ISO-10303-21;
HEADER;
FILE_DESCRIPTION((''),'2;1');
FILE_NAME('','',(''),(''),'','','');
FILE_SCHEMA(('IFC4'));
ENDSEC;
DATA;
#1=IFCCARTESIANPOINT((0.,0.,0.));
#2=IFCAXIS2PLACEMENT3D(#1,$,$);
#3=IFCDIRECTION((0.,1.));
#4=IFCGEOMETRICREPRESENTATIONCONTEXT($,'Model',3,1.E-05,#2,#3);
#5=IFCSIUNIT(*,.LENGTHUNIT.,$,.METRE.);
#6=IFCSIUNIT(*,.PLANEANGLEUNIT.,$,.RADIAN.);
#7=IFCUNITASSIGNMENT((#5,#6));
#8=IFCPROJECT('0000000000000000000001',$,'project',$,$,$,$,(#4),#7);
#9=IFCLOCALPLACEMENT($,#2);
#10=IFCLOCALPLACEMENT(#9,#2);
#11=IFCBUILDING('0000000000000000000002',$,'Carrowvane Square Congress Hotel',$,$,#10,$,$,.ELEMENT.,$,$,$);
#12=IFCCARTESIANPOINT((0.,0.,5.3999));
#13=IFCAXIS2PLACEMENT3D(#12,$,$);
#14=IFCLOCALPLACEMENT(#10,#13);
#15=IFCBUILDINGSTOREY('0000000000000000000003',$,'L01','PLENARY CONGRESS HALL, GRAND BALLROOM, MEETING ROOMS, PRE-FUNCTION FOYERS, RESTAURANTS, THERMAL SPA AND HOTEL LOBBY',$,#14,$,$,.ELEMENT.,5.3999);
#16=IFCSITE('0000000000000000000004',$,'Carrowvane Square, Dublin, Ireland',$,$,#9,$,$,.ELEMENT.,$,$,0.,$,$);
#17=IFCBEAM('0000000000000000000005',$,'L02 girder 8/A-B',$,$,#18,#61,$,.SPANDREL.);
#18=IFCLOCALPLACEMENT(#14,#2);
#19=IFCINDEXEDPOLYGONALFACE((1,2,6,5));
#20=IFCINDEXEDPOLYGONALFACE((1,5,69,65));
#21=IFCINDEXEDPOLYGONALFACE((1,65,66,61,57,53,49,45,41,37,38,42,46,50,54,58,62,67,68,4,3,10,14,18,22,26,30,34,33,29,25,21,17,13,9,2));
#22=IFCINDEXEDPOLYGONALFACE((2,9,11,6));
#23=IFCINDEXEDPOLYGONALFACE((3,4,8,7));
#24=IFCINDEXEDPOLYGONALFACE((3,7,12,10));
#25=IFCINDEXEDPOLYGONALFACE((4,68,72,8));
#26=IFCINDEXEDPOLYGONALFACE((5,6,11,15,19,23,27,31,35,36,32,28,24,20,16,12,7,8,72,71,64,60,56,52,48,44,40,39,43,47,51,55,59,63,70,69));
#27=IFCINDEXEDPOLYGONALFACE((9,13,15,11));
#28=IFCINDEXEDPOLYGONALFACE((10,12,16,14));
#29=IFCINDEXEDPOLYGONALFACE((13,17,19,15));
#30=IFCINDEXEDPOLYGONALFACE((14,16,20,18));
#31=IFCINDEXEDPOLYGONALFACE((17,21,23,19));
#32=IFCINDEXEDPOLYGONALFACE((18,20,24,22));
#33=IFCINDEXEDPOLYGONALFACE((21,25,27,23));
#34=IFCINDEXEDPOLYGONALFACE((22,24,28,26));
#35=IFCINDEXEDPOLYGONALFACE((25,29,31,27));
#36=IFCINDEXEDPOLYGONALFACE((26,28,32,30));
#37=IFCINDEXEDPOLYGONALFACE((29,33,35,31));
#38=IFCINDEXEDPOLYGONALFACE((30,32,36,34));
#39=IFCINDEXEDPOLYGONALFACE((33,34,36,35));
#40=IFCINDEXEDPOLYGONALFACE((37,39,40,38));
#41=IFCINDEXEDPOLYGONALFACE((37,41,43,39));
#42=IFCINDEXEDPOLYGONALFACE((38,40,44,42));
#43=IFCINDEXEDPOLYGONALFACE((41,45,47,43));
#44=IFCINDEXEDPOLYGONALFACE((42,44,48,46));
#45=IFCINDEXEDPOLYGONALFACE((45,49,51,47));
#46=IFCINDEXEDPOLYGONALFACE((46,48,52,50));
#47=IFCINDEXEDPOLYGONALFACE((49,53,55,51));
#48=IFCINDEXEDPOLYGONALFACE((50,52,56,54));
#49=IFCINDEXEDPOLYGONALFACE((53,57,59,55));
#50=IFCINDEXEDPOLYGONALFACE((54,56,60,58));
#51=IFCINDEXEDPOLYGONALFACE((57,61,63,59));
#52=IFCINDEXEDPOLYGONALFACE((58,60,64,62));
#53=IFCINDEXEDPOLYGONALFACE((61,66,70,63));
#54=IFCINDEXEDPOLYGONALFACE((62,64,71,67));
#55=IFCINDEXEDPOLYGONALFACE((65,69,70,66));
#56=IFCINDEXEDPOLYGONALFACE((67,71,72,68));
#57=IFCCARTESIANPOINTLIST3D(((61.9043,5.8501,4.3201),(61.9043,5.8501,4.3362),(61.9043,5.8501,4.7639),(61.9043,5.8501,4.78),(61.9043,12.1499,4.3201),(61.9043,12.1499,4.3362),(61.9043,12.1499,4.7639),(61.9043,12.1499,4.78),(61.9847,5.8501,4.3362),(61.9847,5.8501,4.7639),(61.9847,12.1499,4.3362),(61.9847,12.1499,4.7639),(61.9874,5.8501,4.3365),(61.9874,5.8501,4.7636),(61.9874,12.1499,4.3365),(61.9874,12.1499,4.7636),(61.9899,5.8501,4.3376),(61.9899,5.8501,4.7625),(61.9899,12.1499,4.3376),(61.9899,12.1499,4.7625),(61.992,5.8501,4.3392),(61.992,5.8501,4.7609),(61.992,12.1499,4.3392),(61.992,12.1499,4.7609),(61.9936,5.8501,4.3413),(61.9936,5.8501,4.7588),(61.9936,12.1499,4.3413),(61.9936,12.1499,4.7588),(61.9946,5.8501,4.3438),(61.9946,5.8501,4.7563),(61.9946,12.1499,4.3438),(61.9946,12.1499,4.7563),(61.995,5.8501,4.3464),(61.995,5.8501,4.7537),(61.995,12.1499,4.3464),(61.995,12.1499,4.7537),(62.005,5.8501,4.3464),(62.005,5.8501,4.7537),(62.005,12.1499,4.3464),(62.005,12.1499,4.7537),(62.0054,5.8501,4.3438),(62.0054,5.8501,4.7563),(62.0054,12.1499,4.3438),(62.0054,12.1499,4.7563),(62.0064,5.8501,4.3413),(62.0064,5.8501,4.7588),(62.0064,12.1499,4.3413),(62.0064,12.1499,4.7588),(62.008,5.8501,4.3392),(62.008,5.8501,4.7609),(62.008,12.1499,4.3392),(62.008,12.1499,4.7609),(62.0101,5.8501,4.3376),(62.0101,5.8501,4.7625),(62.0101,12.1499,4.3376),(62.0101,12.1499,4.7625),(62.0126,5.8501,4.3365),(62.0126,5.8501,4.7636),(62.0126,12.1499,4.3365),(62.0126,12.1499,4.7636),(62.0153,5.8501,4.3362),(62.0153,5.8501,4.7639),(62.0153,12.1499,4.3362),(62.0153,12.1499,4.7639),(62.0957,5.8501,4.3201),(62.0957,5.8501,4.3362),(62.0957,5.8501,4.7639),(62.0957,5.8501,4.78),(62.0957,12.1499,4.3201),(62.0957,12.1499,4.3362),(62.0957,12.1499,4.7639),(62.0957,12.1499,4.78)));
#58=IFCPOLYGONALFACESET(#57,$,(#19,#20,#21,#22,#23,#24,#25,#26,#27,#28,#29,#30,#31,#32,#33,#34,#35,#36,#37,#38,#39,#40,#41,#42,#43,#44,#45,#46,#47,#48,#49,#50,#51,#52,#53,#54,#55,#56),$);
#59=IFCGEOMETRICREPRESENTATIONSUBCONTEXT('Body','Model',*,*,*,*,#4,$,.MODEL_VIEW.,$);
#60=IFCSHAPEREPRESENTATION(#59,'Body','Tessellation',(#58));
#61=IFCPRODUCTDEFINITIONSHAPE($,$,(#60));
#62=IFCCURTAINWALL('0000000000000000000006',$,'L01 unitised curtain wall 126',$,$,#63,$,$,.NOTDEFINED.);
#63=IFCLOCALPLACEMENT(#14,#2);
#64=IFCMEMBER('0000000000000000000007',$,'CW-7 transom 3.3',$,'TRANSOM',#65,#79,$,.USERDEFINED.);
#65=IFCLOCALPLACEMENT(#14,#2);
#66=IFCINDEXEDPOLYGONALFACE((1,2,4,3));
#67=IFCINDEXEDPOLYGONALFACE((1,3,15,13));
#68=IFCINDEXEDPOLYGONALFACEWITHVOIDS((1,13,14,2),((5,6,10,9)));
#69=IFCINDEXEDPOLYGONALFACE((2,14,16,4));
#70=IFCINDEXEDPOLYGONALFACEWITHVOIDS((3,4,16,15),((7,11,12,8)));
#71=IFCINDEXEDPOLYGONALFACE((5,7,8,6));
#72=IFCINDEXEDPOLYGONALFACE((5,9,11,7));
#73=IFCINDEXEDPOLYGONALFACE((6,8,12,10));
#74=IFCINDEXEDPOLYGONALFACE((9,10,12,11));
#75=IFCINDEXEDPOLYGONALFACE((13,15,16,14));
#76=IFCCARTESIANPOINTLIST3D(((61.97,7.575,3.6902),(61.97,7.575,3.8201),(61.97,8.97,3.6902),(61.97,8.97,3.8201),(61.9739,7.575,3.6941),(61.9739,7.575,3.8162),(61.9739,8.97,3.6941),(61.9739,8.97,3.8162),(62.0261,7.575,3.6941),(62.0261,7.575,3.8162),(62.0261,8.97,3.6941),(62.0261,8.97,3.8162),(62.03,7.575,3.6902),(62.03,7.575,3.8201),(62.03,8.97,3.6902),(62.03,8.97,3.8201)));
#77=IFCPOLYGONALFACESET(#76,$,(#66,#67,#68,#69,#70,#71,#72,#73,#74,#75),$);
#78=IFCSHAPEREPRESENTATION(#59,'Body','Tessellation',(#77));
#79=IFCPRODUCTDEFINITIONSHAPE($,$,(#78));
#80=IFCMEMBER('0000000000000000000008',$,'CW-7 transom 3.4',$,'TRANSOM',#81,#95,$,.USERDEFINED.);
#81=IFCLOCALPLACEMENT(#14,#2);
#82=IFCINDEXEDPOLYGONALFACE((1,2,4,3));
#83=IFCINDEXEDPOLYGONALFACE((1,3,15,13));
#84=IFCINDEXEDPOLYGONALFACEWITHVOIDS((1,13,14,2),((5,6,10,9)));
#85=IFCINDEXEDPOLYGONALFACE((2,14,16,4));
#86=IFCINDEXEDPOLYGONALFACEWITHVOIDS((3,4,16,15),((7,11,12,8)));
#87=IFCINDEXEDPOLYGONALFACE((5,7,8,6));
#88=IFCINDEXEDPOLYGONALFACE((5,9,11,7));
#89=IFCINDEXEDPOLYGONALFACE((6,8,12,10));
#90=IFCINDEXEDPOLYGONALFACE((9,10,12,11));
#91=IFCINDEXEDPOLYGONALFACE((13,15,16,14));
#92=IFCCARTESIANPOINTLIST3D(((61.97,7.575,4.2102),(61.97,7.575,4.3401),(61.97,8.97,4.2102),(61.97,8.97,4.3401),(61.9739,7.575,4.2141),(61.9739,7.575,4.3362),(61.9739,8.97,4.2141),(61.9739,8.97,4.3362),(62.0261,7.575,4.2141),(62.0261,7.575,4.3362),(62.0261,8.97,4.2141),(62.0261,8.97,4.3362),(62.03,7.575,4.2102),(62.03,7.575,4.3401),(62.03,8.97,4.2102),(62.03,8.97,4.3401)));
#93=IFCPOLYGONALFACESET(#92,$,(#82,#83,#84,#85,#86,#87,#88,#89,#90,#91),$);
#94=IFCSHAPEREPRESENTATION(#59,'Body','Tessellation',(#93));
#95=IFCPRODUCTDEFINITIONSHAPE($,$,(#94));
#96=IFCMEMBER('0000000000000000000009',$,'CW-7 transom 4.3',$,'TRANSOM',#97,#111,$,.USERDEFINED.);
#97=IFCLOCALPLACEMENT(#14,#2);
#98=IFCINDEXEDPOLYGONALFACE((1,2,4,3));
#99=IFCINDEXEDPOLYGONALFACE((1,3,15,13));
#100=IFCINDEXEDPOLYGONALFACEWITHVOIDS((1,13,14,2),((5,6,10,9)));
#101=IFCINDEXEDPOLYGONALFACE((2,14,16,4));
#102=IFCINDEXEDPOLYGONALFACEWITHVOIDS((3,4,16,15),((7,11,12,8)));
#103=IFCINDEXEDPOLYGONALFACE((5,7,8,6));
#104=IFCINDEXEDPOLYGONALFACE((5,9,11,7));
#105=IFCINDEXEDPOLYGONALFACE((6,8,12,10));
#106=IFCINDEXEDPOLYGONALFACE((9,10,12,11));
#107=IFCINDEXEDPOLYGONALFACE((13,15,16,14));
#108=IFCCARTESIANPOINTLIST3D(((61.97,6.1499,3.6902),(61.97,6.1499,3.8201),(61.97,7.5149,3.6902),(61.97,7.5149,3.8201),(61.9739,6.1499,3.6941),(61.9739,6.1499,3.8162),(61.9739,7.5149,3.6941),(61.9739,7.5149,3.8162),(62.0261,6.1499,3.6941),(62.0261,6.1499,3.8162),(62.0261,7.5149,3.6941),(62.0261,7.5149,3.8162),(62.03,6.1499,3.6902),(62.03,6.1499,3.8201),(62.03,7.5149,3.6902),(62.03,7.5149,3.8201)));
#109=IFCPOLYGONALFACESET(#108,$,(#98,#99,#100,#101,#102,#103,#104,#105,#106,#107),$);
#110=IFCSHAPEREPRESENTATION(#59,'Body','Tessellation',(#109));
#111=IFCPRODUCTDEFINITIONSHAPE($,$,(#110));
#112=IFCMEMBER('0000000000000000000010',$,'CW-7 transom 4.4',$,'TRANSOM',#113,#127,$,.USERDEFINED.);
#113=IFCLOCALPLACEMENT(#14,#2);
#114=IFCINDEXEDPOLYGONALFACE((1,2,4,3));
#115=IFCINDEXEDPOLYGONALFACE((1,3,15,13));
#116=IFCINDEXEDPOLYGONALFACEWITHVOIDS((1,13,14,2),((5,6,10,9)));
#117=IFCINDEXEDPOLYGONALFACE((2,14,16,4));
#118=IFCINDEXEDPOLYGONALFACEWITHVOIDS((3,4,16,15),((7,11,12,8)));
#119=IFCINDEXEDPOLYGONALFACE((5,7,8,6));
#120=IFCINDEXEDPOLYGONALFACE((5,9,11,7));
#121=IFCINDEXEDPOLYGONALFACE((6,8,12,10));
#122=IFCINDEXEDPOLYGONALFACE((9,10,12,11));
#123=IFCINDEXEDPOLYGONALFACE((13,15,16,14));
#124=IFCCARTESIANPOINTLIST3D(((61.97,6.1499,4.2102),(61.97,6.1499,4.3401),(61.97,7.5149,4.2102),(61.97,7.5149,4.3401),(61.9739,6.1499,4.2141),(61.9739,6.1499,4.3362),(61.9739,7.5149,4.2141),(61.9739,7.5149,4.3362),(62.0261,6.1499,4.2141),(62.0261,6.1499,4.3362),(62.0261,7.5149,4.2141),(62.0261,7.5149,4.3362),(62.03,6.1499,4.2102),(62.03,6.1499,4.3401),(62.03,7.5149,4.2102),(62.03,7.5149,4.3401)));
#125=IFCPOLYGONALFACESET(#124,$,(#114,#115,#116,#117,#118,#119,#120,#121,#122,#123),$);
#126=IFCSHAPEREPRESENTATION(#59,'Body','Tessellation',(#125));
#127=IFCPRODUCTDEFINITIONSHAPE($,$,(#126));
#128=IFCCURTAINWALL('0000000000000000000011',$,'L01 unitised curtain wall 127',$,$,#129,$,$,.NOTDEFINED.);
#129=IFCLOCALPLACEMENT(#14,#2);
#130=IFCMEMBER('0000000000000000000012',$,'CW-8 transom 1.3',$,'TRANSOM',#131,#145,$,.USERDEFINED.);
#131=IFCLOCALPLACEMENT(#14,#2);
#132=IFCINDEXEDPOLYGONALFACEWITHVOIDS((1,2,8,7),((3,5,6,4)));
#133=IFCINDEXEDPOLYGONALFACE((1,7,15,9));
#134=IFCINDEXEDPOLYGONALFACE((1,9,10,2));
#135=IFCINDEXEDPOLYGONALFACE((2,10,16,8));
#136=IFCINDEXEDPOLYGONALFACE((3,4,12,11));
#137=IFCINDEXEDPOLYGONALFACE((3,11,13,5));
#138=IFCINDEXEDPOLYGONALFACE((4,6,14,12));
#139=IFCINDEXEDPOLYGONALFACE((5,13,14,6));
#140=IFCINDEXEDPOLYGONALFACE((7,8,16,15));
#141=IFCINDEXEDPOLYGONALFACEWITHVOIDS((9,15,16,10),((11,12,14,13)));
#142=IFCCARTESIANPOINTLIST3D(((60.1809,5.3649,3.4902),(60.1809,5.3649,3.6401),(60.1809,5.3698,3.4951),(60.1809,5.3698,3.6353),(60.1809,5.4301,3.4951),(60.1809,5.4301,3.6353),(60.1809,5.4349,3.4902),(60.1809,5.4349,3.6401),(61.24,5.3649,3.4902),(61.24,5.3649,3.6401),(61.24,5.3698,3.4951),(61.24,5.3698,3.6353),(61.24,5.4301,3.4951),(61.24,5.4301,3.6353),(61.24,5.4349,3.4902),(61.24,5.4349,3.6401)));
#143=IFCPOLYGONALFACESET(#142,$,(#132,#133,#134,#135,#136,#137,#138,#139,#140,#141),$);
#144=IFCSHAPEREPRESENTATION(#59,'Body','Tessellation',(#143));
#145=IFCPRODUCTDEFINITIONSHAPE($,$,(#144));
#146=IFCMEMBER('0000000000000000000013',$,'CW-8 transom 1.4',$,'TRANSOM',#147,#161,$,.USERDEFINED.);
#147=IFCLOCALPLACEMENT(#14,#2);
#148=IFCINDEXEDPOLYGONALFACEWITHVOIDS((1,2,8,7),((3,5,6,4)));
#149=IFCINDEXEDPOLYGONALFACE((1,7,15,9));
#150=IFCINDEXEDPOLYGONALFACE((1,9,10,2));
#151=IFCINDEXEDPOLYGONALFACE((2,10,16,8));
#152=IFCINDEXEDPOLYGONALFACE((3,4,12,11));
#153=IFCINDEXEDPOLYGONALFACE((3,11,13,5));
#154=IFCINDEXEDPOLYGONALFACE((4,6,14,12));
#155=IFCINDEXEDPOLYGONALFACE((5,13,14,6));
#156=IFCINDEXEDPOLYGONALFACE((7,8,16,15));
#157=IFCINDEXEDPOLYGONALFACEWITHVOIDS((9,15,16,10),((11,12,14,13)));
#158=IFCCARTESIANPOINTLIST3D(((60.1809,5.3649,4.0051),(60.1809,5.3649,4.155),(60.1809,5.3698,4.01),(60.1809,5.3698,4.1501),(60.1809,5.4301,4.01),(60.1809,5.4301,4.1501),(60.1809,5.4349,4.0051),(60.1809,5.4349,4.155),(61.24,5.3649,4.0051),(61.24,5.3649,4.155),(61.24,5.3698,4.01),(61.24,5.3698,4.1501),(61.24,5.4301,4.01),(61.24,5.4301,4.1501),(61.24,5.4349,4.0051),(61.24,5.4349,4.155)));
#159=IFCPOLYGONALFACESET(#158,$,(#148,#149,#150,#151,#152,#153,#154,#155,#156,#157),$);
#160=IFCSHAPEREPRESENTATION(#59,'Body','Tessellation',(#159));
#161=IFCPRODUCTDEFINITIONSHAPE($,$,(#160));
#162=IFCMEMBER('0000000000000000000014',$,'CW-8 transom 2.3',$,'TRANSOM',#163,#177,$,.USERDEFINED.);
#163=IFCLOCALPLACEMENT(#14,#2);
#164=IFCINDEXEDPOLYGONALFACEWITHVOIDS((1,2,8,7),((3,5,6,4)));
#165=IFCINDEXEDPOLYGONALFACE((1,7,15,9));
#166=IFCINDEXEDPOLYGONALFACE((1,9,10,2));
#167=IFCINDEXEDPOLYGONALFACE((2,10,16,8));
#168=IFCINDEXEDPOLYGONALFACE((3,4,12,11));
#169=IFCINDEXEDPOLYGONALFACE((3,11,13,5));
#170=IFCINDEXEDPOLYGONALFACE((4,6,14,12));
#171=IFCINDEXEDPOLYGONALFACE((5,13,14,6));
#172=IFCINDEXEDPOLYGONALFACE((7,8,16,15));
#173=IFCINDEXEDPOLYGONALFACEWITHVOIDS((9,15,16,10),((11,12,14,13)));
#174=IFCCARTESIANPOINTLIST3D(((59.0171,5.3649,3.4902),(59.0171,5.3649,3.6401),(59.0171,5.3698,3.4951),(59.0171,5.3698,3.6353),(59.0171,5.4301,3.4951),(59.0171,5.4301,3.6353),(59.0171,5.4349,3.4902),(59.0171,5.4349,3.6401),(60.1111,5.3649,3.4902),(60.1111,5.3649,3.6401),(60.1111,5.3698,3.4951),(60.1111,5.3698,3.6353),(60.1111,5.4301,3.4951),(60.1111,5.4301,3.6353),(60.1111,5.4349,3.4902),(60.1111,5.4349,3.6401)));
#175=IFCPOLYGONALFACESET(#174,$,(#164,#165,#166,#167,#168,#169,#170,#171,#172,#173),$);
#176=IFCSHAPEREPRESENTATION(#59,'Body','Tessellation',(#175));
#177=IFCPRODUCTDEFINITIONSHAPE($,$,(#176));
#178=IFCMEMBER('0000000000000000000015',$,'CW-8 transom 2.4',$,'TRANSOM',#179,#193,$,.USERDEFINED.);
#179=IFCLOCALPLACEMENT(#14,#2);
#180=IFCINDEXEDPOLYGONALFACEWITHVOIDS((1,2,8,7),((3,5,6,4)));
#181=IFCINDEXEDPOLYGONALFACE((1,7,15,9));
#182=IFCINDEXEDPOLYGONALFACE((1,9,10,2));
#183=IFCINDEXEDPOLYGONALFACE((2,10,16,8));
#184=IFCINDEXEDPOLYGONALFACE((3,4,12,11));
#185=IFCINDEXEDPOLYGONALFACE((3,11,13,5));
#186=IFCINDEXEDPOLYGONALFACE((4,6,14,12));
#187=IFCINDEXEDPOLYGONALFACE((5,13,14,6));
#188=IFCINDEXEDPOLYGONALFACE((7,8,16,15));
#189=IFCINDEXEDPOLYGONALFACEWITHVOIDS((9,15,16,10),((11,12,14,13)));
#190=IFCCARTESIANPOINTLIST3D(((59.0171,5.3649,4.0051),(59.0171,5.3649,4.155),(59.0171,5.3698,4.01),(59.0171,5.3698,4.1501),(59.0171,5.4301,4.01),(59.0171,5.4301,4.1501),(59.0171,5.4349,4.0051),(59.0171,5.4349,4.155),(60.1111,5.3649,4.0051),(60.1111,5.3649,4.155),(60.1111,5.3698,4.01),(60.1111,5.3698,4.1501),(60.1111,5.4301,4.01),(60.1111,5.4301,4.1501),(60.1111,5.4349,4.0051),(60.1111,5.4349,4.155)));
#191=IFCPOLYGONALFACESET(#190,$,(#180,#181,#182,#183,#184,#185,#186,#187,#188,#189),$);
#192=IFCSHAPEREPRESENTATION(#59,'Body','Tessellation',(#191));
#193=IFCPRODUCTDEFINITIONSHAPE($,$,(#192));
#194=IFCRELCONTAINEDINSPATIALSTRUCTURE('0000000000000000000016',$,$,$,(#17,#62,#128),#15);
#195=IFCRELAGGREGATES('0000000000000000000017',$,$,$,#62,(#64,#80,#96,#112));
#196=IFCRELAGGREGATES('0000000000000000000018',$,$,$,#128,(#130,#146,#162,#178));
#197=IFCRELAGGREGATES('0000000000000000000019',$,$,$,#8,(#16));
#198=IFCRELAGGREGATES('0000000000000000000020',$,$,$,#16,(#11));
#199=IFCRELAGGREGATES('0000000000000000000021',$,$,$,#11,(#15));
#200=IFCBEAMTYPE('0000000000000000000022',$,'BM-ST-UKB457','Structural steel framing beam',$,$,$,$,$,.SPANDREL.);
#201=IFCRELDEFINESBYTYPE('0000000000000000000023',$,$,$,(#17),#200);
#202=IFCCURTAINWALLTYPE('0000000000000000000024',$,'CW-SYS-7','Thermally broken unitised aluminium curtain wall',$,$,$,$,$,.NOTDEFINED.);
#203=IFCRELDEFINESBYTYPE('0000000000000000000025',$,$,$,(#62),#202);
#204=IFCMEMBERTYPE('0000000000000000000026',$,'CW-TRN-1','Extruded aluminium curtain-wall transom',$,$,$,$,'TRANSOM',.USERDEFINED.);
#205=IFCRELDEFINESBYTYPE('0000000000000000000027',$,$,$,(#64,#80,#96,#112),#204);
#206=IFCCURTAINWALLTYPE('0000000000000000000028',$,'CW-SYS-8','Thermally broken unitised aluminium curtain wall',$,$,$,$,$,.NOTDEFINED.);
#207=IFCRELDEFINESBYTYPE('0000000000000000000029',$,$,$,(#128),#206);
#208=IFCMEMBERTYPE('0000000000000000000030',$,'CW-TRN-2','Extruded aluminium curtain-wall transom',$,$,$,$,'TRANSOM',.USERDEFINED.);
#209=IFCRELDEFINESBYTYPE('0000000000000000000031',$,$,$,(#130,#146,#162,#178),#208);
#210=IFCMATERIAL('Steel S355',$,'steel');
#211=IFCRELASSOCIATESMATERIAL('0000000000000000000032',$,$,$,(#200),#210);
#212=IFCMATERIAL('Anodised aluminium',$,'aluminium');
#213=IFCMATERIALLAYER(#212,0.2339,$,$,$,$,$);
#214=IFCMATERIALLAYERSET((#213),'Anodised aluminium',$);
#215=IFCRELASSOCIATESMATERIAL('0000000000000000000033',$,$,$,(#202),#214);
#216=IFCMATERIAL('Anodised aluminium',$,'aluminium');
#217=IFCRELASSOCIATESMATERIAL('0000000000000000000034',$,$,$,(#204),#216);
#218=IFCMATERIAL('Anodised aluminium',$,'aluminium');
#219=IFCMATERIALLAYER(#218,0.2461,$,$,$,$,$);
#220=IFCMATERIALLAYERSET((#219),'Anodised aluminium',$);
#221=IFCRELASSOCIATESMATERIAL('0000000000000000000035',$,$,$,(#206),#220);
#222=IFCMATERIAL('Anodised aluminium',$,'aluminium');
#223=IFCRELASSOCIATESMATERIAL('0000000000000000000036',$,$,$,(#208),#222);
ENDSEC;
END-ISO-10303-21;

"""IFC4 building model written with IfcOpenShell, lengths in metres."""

from ifc_helpers import new_model, si_unit, direction, frame, origin, origin_2d, place, context, subcontext, project, spatial, hollow_rectangle, i_section, extrude, material, layer, layer_set, material_profile, profile_set, type_object, element, aggregate, save


model = new_model("IFC4")

# Units and contexts
model_context = context("Model", 3, precision=1e-05, world=origin(), true_north=direction((0.0, 1.0)))
body_context = subcontext(model_context, "Body", "Model", "MODEL_VIEW")
ifc_project = project(units=[si_unit("LENGTHUNIT", "METRE"), si_unit("PLANEANGLEUNIT", "RADIAN")], contexts=[model_context])

# Site, building, storey
site_placement = place(None, origin())
site = spatial("IfcSite", under=ifc_project, at=site_placement, Name="Carrowvane Square, Dublin, Ireland", CompositionType="ELEMENT", RefElevation=0.0)
building_placement = place(site_placement, origin())
building = spatial("IfcBuilding", under=site, at=building_placement, Name="Carrowvane Square Congress Hotel", CompositionType="ELEMENT")
storey_placement = place(building_placement, frame((0.0, 0.0, 5.3999)))
storey = spatial("IfcBuildingStorey", under=building, at=storey_placement, Name="L01", Description="PLENARY CONGRESS HALL, GRAND BALLROOM, MEETING ROOMS, PRE-FUNCTION FOYERS, RESTAURANTS, THERMAL SPA AND HOTEL LOBBY", CompositionType="ELEMENT", Elevation=5.3999)

# Beam
ifc_material_1 = material(Name="Steel S355", Category="steel")
ifc_material_profile_1 = material_profile(ifc_material_1, i_section(OverallWidth=0.1914, OverallDepth=0.46, WebThickness=0.01, FlangeThickness=0.0161, FilletRadius=0.0103, at=origin_2d()), Name="UKB 457x191x82")
ifc_profile_set_1 = profile_set([ifc_material_profile_1], Name="Steel S355")
beam_type = type_object("IfcBeamType", Name="BM-ST-UKB457", Description="Structural steel framing beam", PredefinedType="SPANDREL", material=ifc_profile_set_1)
beam_placement = place(storey_placement, frame((62.0, 5.8501, 4.55), z_axis=(0.0, 1.0, 0.0), x_axis=(-1.0, 0.0, 0.0)))
element("IfcBeam", 1, at=beam_placement, inside=storey, type_object=beam_type, Name="L02 girder 8/A-B", PredefinedType="SPANDREL", context=body_context, shape_type="SweptSolid", body=[
    extrude(i_section(OverallWidth=0.1914, OverallDepth=0.46, WebThickness=0.01, FlangeThickness=0.0161, FilletRadius=0.0103, at=origin_2d()), origin(), (0.0, 0.0, 1.0), 6.2998),
])

# Curtain walls, members
ifc_material_2 = material(Name="Anodised aluminium", Category="aluminium")
ifc_layer_1 = layer(ifc_material_2, 0.2339)
ifc_layer_set_1 = layer_set([ifc_layer_1], Name="Anodised aluminium")
curtain_wall_type_1 = type_object("IfcCurtainWallType", Name="CW-SYS-7", Description="Thermally broken unitised aluminium curtain wall", PredefinedType="NOTDEFINED", material=ifc_layer_set_1)
curtain_wall_1_placement = place(storey_placement, origin())
curtain_wall_1 = element("IfcCurtainWall", 2, at=curtain_wall_1_placement, inside=storey, type_object=curtain_wall_type_1, Name="L01 unitised curtain wall 126", PredefinedType="NOTDEFINED")
ifc_material_3 = material(Name="Anodised aluminium", Category="aluminium")
ifc_material_profile_2 = material_profile(ifc_material_3, hollow_rectangle(XDim=0.0601, YDim=0.1299, WallThickness=0.0039, at=origin_2d()), Name="CW-TR 60x130x4")
ifc_profile_set_2 = profile_set([ifc_material_profile_2], Name="Anodised aluminium")
member_type_1 = type_object("IfcMemberType", Name="CW-TRN-1", Description="Extruded aluminium curtain-wall transom", ElementType="TRANSOM", PredefinedType="USERDEFINED", material=ifc_profile_set_2)
member_1_placement = place(storey_placement, frame((62.0, 8.97, 3.7551), z_axis=(0.0, -1.0, 0.0), x_axis=(1.0, 0.0, 0.0)))
member_1 = element("IfcMember", 3, at=member_1_placement, type_object=member_type_1, Name="CW-7 transom 3.3", ObjectType="TRANSOM", PredefinedType="USERDEFINED", context=body_context, shape_type="SweptSolid", body=[
    extrude(hollow_rectangle(XDim=0.0601, YDim=0.1299, WallThickness=0.0039, at=origin_2d()), origin(), (0.0, 0.0, 1.0), 1.395),
])
member_2_placement = place(storey_placement, frame((62.0, 8.97, 4.2751), z_axis=(0.0, -1.0, 0.0), x_axis=(1.0, 0.0, 0.0)))
member_2 = element("IfcMember", 4, at=member_2_placement, type_object=member_type_1, Name="CW-7 transom 3.4", ObjectType="TRANSOM", PredefinedType="USERDEFINED", context=body_context, shape_type="SweptSolid", body=[
    extrude(hollow_rectangle(XDim=0.0601, YDim=0.1299, WallThickness=0.0039, at=origin_2d()), origin(), (0.0, 0.0, 1.0), 1.395),
])
member_3_placement = place(storey_placement, frame((62.0, 7.5149, 3.7551), z_axis=(0.0, -1.0, 0.0), x_axis=(1.0, 0.0, 0.0)))
member_3 = element("IfcMember", 5, at=member_3_placement, type_object=member_type_1, Name="CW-7 transom 4.3", ObjectType="TRANSOM", PredefinedType="USERDEFINED", context=body_context, shape_type="SweptSolid", body=[
    extrude(hollow_rectangle(XDim=0.0601, YDim=0.1299, WallThickness=0.0039, at=origin_2d()), origin(), (0.0, 0.0, 1.0), 1.365),
])
member_4_placement = place(storey_placement, frame((62.0, 7.5149, 4.2751), z_axis=(0.0, -1.0, 0.0), x_axis=(1.0, 0.0, 0.0)))
member_4 = element("IfcMember", 6, at=member_4_placement, type_object=member_type_1, Name="CW-7 transom 4.4", ObjectType="TRANSOM", PredefinedType="USERDEFINED", context=body_context, shape_type="SweptSolid", body=[
    extrude(hollow_rectangle(XDim=0.0601, YDim=0.1299, WallThickness=0.0039, at=origin_2d()), origin(), (0.0, 0.0, 1.0), 1.365),
])
ifc_material_4 = material(Name="Anodised aluminium", Category="aluminium")
ifc_layer_2 = layer(ifc_material_4, 0.2461)
ifc_layer_set_2 = layer_set([ifc_layer_2], Name="Anodised aluminium")
curtain_wall_type_2 = type_object("IfcCurtainWallType", Name="CW-SYS-8", Description="Thermally broken unitised aluminium curtain wall", PredefinedType="NOTDEFINED", material=ifc_layer_set_2)
curtain_wall_2_placement = place(storey_placement, origin())
curtain_wall_2 = element("IfcCurtainWall", 7, at=curtain_wall_2_placement, inside=storey, type_object=curtain_wall_type_2, Name="L01 unitised curtain wall 127", PredefinedType="NOTDEFINED")
ifc_material_5 = material(Name="Anodised aluminium", Category="aluminium")
ifc_material_profile_3 = material_profile(ifc_material_5, hollow_rectangle(XDim=0.0701, YDim=0.1499, WallThickness=0.0049, at=origin_2d()), Name="CW-TR 70x150x5")
ifc_profile_set_3 = profile_set([ifc_material_profile_3], Name="Anodised aluminium")
member_type_2 = type_object("IfcMemberType", Name="CW-TRN-2", Description="Extruded aluminium curtain-wall transom", ElementType="TRANSOM", PredefinedType="USERDEFINED", material=ifc_profile_set_3)
member_5_placement = place(storey_placement, frame((61.24, 5.3999, 3.5652), z_axis=(-1.0, 0.0, 0.0), x_axis=(0.0, -1.0, 0.0)))
member_5 = element("IfcMember", 8, at=member_5_placement, type_object=member_type_2, Name="CW-8 transom 1.3", ObjectType="TRANSOM", PredefinedType="USERDEFINED", context=body_context, shape_type="SweptSolid", body=[
    extrude(hollow_rectangle(XDim=0.0701, YDim=0.1499, WallThickness=0.0049, at=origin_2d()), origin(), (0.0, 0.0, 1.0), 1.0591),
])
member_6_placement = place(storey_placement, frame((61.24, 5.3999, 4.0801), z_axis=(-1.0, 0.0, 0.0), x_axis=(0.0, -1.0, 0.0)))
member_6 = element("IfcMember", 9, at=member_6_placement, type_object=member_type_2, Name="CW-8 transom 1.4", ObjectType="TRANSOM", PredefinedType="USERDEFINED", context=body_context, shape_type="SweptSolid", body=[
    extrude(hollow_rectangle(XDim=0.0701, YDim=0.1499, WallThickness=0.0049, at=origin_2d()), origin(), (0.0, 0.0, 1.0), 1.0591),
])
member_7_placement = place(storey_placement, frame((60.1111, 5.3999, 3.5652), z_axis=(-1.0, 0.0, 0.0), x_axis=(0.0, -1.0, 0.0)))
member_7 = element("IfcMember", 10, at=member_7_placement, type_object=member_type_2, Name="CW-8 transom 2.3", ObjectType="TRANSOM", PredefinedType="USERDEFINED", context=body_context, shape_type="SweptSolid", body=[
    extrude(hollow_rectangle(XDim=0.0701, YDim=0.1499, WallThickness=0.0049, at=origin_2d()), origin(), (0.0, 0.0, 1.0), 1.094),
])
member_8_placement = place(storey_placement, frame((60.1111, 5.3999, 4.0801), z_axis=(-1.0, 0.0, 0.0), x_axis=(0.0, -1.0, 0.0)))
member_8 = element("IfcMember", 11, at=member_8_placement, type_object=member_type_2, Name="CW-8 transom 2.4", ObjectType="TRANSOM", PredefinedType="USERDEFINED", context=body_context, shape_type="SweptSolid", body=[
    extrude(hollow_rectangle(XDim=0.0701, YDim=0.1499, WallThickness=0.0049, at=origin_2d()), origin(), (0.0, 0.0, 1.0), 1.094),
])

aggregate(curtain_wall_1, [member_1, member_2, member_3, member_4])
aggregate(curtain_wall_2, [member_5, member_6, member_7, member_8])

save(model, "model.ifc")
